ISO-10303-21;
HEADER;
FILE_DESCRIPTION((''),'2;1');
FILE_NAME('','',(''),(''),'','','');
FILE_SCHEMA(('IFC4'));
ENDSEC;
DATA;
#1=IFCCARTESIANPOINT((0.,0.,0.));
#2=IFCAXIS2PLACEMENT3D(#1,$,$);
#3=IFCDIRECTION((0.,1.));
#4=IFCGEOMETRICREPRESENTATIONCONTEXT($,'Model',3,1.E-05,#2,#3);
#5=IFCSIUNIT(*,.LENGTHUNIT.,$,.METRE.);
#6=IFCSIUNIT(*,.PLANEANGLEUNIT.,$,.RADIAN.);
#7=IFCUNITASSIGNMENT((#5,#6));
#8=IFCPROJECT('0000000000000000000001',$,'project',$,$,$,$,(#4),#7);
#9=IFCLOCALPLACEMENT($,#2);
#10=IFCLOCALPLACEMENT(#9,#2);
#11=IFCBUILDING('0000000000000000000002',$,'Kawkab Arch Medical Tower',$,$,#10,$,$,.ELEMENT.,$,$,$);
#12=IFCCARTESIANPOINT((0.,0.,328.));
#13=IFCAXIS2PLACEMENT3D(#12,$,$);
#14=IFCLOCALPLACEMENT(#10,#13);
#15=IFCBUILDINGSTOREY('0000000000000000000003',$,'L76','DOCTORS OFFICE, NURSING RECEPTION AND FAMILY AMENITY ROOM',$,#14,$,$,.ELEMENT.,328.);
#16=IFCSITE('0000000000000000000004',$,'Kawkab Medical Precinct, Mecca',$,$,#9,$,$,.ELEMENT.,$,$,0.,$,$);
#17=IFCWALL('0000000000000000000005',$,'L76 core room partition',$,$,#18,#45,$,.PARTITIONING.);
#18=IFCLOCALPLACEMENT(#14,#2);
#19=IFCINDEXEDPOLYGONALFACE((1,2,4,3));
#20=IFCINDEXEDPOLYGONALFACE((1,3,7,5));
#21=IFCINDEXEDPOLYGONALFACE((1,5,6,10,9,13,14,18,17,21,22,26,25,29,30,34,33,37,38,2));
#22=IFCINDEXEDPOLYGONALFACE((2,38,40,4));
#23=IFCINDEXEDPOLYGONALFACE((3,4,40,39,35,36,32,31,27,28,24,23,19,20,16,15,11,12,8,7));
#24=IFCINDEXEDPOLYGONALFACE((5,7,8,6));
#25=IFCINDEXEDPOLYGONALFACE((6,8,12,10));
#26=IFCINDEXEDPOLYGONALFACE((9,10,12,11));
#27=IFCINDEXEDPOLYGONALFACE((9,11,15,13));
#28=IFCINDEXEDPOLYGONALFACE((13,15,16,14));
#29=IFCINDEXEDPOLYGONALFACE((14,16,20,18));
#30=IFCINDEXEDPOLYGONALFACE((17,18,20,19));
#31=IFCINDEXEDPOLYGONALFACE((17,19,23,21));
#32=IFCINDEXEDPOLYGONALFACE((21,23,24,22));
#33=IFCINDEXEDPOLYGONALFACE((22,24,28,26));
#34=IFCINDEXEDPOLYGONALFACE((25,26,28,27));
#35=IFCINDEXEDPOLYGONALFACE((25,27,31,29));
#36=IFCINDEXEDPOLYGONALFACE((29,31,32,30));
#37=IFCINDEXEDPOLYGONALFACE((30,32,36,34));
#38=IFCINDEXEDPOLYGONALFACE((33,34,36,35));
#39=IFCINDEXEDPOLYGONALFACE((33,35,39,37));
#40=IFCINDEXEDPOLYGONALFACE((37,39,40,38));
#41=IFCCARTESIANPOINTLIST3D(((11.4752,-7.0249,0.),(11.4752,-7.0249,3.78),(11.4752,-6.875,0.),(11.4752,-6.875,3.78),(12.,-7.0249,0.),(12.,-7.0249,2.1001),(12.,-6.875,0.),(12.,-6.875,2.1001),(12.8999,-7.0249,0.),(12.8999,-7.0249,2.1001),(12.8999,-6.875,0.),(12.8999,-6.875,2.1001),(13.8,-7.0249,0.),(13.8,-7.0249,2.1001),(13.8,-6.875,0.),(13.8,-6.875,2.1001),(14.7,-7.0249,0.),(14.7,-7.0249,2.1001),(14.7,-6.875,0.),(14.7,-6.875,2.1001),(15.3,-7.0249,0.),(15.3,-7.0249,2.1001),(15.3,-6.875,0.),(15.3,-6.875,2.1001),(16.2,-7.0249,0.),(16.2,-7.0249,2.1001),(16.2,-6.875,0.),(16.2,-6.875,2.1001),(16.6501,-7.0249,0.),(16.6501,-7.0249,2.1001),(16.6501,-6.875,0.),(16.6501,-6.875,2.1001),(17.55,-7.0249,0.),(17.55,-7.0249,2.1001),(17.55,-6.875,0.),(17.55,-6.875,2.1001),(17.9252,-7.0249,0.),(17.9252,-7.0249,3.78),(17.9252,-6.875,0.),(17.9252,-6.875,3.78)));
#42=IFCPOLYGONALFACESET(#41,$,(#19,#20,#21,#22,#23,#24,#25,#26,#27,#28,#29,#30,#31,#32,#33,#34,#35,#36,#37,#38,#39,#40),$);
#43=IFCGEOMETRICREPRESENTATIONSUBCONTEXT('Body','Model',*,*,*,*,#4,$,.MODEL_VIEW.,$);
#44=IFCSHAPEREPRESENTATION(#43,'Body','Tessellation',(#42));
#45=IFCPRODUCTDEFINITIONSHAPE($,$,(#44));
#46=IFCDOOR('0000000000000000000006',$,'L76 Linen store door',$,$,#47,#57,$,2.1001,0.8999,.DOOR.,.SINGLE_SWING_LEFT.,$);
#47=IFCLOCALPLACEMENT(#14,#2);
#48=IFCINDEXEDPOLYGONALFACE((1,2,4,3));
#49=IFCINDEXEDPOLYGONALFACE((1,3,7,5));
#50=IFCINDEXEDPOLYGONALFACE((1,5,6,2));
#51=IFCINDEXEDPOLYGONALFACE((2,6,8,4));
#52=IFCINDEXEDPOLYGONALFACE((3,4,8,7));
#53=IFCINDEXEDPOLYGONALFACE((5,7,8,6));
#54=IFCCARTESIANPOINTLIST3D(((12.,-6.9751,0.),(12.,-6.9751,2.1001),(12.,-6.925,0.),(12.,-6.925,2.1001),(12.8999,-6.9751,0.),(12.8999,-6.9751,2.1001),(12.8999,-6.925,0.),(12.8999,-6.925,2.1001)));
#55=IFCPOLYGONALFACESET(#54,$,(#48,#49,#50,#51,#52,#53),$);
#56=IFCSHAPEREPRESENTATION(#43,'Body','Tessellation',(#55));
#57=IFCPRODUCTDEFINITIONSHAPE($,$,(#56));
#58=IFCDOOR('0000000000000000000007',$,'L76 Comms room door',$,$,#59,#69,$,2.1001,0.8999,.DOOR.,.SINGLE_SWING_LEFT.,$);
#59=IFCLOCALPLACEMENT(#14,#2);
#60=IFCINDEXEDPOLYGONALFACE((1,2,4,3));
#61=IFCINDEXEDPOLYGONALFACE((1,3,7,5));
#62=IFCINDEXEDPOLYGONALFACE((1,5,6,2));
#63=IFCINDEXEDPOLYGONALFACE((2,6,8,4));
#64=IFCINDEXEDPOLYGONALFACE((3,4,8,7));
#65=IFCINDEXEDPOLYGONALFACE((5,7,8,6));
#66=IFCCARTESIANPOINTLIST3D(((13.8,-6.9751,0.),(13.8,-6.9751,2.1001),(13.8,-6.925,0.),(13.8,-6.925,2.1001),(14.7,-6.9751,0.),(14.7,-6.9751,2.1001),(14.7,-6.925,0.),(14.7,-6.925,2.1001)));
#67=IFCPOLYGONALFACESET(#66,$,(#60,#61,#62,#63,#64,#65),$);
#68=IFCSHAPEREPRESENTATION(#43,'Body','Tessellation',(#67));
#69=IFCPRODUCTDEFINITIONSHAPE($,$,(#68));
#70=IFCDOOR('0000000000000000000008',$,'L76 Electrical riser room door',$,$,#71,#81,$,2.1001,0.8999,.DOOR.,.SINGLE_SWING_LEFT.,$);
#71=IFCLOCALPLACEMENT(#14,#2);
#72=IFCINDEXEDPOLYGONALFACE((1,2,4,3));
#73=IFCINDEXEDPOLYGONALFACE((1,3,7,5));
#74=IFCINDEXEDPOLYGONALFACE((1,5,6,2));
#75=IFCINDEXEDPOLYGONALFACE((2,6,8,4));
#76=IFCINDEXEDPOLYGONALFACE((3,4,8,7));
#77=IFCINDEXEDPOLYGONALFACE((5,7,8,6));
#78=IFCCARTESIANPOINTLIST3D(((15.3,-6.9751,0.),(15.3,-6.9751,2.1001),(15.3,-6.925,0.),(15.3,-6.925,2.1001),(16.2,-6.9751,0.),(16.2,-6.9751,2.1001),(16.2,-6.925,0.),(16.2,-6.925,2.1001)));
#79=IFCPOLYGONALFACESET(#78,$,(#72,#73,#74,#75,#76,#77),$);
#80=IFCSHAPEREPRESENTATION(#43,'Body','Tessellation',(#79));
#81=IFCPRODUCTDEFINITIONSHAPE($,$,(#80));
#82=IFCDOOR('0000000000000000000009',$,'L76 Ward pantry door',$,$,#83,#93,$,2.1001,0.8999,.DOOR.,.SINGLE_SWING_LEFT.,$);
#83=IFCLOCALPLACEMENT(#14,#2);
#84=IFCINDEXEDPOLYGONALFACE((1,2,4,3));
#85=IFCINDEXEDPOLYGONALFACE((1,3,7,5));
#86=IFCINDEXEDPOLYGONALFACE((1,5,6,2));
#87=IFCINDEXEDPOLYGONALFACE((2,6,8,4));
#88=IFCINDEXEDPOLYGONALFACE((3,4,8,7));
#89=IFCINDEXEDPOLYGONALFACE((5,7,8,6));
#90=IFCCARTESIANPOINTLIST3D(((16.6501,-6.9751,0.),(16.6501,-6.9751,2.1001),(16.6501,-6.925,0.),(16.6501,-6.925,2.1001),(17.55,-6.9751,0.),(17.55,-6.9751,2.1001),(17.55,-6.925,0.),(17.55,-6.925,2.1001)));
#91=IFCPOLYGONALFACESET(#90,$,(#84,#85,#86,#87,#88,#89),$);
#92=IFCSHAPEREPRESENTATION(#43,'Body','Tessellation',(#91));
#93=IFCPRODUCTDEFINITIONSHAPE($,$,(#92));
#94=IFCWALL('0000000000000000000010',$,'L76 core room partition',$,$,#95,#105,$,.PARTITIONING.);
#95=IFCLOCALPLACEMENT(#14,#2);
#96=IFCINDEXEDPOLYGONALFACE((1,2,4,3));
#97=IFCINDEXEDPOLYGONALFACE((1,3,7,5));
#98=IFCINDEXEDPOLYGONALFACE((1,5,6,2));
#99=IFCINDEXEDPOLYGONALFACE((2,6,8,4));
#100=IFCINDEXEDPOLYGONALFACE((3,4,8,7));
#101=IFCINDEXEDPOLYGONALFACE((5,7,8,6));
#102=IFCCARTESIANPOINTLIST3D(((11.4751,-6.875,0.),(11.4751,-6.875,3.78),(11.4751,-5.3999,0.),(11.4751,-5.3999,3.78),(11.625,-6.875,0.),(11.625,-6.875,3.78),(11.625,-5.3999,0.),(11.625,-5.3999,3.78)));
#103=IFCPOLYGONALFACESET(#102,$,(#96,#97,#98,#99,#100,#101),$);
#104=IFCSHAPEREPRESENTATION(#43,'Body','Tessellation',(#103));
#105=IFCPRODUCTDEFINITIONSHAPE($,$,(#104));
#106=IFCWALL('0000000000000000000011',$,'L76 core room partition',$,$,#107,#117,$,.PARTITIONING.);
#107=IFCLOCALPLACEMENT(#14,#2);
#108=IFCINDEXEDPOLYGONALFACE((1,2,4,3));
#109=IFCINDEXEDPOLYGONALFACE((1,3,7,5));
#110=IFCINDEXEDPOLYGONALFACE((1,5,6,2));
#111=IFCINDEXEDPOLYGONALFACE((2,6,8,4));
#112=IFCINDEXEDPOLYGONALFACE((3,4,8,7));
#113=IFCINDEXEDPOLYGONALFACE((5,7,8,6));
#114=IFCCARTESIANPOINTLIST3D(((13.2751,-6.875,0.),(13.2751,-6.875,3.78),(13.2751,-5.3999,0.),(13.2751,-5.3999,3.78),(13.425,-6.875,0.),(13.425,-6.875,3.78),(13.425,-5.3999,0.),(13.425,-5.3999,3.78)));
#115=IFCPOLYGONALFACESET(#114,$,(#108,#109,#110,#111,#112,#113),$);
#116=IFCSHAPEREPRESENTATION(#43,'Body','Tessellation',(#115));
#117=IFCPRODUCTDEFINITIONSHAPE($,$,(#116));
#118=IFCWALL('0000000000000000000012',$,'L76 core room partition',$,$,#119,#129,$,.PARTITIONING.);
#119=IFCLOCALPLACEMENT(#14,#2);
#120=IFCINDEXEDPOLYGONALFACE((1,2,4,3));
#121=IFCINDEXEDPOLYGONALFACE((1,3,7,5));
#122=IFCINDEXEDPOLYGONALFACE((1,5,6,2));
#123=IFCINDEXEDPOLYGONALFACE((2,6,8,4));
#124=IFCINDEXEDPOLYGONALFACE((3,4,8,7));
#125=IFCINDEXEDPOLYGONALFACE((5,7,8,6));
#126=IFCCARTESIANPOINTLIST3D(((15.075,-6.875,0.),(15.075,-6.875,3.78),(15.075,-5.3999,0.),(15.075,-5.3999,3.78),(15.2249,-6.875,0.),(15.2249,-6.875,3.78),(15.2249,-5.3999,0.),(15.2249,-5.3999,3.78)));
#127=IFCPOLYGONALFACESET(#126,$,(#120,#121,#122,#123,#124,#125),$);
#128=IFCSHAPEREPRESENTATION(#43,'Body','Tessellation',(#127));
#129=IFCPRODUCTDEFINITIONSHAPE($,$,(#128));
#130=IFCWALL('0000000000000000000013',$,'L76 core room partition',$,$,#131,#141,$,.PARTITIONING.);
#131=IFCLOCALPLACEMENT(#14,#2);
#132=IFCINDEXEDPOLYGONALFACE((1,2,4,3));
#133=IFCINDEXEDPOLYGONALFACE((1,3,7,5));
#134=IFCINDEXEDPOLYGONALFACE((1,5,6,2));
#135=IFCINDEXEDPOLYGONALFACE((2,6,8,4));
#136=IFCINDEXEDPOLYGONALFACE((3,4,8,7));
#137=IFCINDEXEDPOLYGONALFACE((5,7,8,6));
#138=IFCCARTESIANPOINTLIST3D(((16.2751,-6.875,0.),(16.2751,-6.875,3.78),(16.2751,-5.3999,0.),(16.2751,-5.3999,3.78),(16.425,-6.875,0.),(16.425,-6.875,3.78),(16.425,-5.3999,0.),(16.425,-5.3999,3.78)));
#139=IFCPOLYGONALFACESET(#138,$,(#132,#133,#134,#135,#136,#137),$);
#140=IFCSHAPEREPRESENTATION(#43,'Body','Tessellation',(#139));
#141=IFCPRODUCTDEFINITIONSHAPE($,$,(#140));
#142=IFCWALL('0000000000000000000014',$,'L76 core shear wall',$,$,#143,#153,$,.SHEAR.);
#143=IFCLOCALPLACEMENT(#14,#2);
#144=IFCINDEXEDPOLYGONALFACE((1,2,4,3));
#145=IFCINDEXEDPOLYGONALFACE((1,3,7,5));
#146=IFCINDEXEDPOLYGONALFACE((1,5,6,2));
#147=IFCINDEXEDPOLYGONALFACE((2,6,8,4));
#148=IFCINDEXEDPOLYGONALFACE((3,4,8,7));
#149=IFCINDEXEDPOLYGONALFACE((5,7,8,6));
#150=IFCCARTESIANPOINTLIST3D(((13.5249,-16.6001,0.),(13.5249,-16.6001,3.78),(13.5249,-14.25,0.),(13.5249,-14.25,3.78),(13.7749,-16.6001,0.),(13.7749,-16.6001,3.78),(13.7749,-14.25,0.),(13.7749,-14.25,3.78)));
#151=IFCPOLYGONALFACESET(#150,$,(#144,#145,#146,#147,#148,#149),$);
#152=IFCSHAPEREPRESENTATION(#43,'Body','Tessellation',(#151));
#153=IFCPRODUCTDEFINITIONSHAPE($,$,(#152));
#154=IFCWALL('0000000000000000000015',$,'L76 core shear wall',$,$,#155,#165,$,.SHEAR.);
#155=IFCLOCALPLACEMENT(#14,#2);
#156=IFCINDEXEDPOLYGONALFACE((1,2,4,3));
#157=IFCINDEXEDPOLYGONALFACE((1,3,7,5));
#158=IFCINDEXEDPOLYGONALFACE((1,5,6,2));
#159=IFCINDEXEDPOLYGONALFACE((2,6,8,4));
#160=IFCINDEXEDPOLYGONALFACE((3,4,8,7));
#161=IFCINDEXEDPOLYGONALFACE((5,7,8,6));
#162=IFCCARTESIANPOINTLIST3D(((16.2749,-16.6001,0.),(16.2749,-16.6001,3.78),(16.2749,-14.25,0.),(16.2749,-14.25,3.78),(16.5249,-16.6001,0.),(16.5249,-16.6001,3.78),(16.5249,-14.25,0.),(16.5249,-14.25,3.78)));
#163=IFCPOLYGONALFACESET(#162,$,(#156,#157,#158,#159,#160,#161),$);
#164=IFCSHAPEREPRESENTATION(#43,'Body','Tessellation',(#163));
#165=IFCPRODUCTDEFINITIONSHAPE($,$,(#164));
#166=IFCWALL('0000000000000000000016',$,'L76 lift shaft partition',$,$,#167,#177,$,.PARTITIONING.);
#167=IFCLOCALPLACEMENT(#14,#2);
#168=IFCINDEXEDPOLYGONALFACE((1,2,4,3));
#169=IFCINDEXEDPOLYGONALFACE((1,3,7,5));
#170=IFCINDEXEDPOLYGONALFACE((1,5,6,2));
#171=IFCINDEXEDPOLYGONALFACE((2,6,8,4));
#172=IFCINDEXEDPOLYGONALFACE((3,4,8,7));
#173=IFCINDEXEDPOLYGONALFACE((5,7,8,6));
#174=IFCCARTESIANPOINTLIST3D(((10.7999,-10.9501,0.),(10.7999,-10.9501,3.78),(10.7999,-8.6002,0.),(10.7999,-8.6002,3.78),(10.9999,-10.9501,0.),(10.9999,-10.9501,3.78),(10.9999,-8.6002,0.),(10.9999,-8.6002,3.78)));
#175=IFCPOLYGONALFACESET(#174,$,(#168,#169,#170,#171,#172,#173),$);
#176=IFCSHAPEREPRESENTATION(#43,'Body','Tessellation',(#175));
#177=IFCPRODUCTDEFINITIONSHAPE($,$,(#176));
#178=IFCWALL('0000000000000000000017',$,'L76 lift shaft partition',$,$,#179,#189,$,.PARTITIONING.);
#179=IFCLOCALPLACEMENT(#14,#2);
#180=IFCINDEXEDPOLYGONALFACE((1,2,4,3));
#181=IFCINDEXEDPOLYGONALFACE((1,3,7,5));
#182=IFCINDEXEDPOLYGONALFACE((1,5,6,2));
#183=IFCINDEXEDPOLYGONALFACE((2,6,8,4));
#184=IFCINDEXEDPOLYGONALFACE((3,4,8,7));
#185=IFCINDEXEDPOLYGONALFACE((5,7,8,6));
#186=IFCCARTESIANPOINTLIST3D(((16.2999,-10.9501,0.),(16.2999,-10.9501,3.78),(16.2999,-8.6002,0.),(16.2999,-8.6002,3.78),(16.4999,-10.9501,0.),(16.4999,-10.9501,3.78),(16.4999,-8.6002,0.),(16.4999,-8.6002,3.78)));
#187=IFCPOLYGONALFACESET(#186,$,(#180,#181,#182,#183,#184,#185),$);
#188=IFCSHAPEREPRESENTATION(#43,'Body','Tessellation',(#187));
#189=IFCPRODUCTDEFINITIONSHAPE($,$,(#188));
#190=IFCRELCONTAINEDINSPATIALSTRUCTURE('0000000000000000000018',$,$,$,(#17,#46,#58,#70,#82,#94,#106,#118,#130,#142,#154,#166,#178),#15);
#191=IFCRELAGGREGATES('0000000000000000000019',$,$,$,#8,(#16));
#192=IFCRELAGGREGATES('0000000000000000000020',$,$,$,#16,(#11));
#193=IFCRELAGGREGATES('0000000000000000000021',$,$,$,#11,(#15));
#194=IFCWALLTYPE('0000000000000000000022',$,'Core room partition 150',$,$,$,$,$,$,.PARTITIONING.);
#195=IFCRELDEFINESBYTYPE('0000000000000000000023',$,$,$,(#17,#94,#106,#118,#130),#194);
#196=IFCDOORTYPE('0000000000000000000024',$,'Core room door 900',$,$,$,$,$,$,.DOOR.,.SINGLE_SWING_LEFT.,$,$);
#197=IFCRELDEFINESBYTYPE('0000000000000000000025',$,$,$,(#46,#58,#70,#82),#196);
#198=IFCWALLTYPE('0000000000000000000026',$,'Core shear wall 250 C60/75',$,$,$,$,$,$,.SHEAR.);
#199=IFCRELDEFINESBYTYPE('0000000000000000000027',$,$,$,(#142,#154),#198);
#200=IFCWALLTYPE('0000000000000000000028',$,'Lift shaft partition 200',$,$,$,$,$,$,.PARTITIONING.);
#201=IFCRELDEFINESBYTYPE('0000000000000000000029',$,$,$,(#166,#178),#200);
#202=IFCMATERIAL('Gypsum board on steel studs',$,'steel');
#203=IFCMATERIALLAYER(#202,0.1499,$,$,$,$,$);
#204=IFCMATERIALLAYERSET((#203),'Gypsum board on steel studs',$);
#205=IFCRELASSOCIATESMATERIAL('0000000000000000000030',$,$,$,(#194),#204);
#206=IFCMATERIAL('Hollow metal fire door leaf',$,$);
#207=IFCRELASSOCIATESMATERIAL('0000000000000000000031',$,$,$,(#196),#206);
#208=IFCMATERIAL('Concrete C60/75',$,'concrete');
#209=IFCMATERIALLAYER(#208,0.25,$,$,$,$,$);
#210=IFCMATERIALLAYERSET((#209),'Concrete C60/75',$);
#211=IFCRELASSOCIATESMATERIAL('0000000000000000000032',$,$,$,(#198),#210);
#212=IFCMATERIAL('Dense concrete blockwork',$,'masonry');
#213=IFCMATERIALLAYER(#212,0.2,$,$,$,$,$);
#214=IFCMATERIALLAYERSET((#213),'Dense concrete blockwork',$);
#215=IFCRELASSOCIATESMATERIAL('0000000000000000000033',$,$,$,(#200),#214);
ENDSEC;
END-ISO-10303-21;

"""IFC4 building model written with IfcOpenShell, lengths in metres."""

from ifc_helpers import new_model, si_unit, direction, frame, frame_2d, origin, place, context, subcontext, project, spatial, rectangle, extrude, material, layer, layer_set, type_object, element, fill, save


model = new_model("IFC4")

# Units and contexts
model_context = context("Model", 3, precision=1e-05, world=origin(), true_north=direction((0.0, 1.0)))
body_context = subcontext(model_context, "Body", "Model", "MODEL_VIEW")
ifc_project = project(units=[si_unit("LENGTHUNIT", "METRE"), si_unit("PLANEANGLEUNIT", "RADIAN")], contexts=[model_context])

# Site, building, storey
site_placement = place(None, origin())
site = spatial("IfcSite", under=ifc_project, at=site_placement, Name="Kawkab Medical Precinct, Mecca", CompositionType="ELEMENT", RefElevation=0.0)
building_placement = place(site_placement, origin())
building = spatial("IfcBuilding", under=site, at=building_placement, Name="Kawkab Arch Medical Tower", CompositionType="ELEMENT")
storey_placement = place(building_placement, frame((0.0, 0.0, 328.0)))
storey = spatial("IfcBuildingStorey", under=building, at=storey_placement, Name="L76", Description="DOCTORS OFFICE, NURSING RECEPTION AND FAMILY AMENITY ROOM", CompositionType="ELEMENT", Elevation=328.0)

# Wall, openings, doors
ifc_material_1 = material(Name="Gypsum board on steel studs", Category="steel")
ifc_layer_1 = layer(ifc_material_1, 0.1499)
ifc_layer_set_1 = layer_set([ifc_layer_1], Name="Gypsum board on steel studs")
wall_type_1 = type_object("IfcWallType", Name="Core room partition 150", PredefinedType="PARTITIONING", material=ifc_layer_set_1)
wall_1_placement = place(storey_placement, frame((11.4751, -6.95, 0.0), z_axis=(0.0, 0.0, 1.0), x_axis=(1.0, 0.0, 0.0)))
wall_1 = element("IfcWall", 1, at=wall_1_placement, inside=storey, type_object=wall_type_1, Name="L76 core room partition", PredefinedType="PARTITIONING", context=body_context, shape_type="SweptSolid", body=[
    extrude(rectangle(XDim=6.45, YDim=0.1499, at=frame_2d((3.2251, 0.0))), origin(), (0.0, 0.0, 1.0), 3.78),
])
opening_1_placement = place(wall_1_placement, frame((0.5249, 0.0, 0.0)))
opening_1 = element("IfcOpeningElement", 2, at=opening_1_placement, cuts=wall_1, PredefinedType="OPENING", context=body_context, shape_type="SweptSolid", body=[
    extrude(rectangle(XDim=0.8999, YDim=2.1001, at=frame_2d((0.45, 1.05))), frame((0.0, 0.085, 0.0), z_axis=(0.0, -1.0, 0.0), x_axis=(1.0, 0.0, 0.0)), (0.0, 0.0, 1.0), 0.1699),
])
opening_2_placement = place(wall_1_placement, frame((2.325, 0.0, 0.0)))
opening_2 = element("IfcOpeningElement", 3, at=opening_2_placement, cuts=wall_1, PredefinedType="OPENING", context=body_context, shape_type="SweptSolid", body=[
    extrude(rectangle(XDim=0.8999, YDim=2.1001, at=frame_2d((0.45, 1.05))), frame((0.0, 0.085, 0.0), z_axis=(0.0, -1.0, 0.0), x_axis=(1.0, 0.0, 0.0)), (0.0, 0.0, 1.0), 0.1699),
])
opening_3_placement = place(wall_1_placement, frame((3.825, 0.0, 0.0)))
opening_3 = element("IfcOpeningElement", 4, at=opening_3_placement, cuts=wall_1, PredefinedType="OPENING", context=body_context, shape_type="SweptSolid", body=[
    extrude(rectangle(XDim=0.8999, YDim=2.1001, at=frame_2d((0.45, 1.05))), frame((0.0, 0.085, 0.0), z_axis=(0.0, -1.0, 0.0), x_axis=(1.0, 0.0, 0.0)), (0.0, 0.0, 1.0), 0.1699),
])
opening_4_placement = place(wall_1_placement, frame((5.175, 0.0, 0.0)))
opening_4 = element("IfcOpeningElement", 5, at=opening_4_placement, cuts=wall_1, PredefinedType="OPENING", context=body_context, shape_type="SweptSolid", body=[
    extrude(rectangle(XDim=0.8999, YDim=2.1001, at=frame_2d((0.45, 1.05))), frame((0.0, 0.085, 0.0), z_axis=(0.0, -1.0, 0.0), x_axis=(1.0, 0.0, 0.0)), (0.0, 0.0, 1.0), 0.1699),
])
ifc_material_2 = material(Name="Hollow metal fire door leaf")
door_type = type_object("IfcDoorType", Name="Core room door 900", OperationType="SINGLE_SWING_LEFT", PredefinedType="DOOR", material=ifc_material_2)
door_1_placement = place(opening_1_placement, origin())
door_1 = element("IfcDoor", 6, at=door_1_placement, inside=storey, type_object=door_type, Name="L76 Linen store door", OperationType="SINGLE_SWING_LEFT", OverallHeight=2.1001, OverallWidth=0.8999, PredefinedType="DOOR", context=body_context, shape_type="SweptSolid", body=[
    extrude(rectangle(XDim=0.8999, YDim=2.1001, at=frame_2d((0.45, 1.05))), frame((0.0, 0.0249, 0.0), z_axis=(0.0, -1.0, 0.0), x_axis=(1.0, 0.0, 0.0)), (0.0, 0.0, 1.0), 0.05),
])
fill(opening_1, door_1)
door_2_placement = place(opening_2_placement, origin())
door_2 = element("IfcDoor", 7, at=door_2_placement, inside=storey, type_object=door_type, Name="L76 Comms room door", OperationType="SINGLE_SWING_LEFT", OverallHeight=2.1001, OverallWidth=0.8999, PredefinedType="DOOR", context=body_context, shape_type="SweptSolid", body=[
    extrude(rectangle(XDim=0.8999, YDim=2.1001, at=frame_2d((0.45, 1.05))), frame((0.0, 0.0249, 0.0), z_axis=(0.0, -1.0, 0.0), x_axis=(1.0, 0.0, 0.0)), (0.0, 0.0, 1.0), 0.05),
])
fill(opening_2, door_2)
door_3_placement = place(opening_3_placement, origin())
door_3 = element("IfcDoor", 8, at=door_3_placement, inside=storey, type_object=door_type, Name="L76 Electrical riser room door", OperationType="SINGLE_SWING_LEFT", OverallHeight=2.1001, OverallWidth=0.8999, PredefinedType="DOOR", context=body_context, shape_type="SweptSolid", body=[
    extrude(rectangle(XDim=0.8999, YDim=2.1001, at=frame_2d((0.45, 1.05))), frame((0.0, 0.0249, 0.0), z_axis=(0.0, -1.0, 0.0), x_axis=(1.0, 0.0, 0.0)), (0.0, 0.0, 1.0), 0.05),
])
fill(opening_3, door_3)
door_4_placement = place(opening_4_placement, origin())
door_4 = element("IfcDoor", 9, at=door_4_placement, inside=storey, type_object=door_type, Name="L76 Ward pantry door", OperationType="SINGLE_SWING_LEFT", OverallHeight=2.1001, OverallWidth=0.8999, PredefinedType="DOOR", context=body_context, shape_type="SweptSolid", body=[
    extrude(rectangle(XDim=0.8999, YDim=2.1001, at=frame_2d((0.45, 1.05))), frame((0.0, 0.0249, 0.0), z_axis=(0.0, -1.0, 0.0), x_axis=(1.0, 0.0, 0.0)), (0.0, 0.0, 1.0), 0.05),
])
fill(opening_4, door_4)

# Walls
for number, where, z_axis, x_axis, name in (
    (10, (11.55, -6.875, 0.0), (0.0, 0.0, 1.0), (0.0, 1.0, 0.0), "L76 core room partition"),
    (11, (13.3501, -6.875, 0.0), (0.0, 0.0, 1.0), (0.0, 1.0, 0.0), "L76 core room partition"),
    (12, (15.1499, -6.875, 0.0), (0.0, 0.0, 1.0), (0.0, 1.0, 0.0), "L76 core room partition"),
    (13, (16.3501, -6.875, 0.0), (0.0, 0.0, 1.0), (0.0, 1.0, 0.0), "L76 core room partition"),
):
    element("IfcWall", number, at=place(storey_placement, frame(where, z_axis=z_axis, x_axis=x_axis)), inside=storey, type_object=wall_type_1, Name=name, PredefinedType="PARTITIONING", context=body_context, shape_type="SweptSolid", body=[
        extrude(rectangle(XDim=1.4751, YDim=0.1499, at=frame_2d((0.7375, 0.0))), origin(), (0.0, 0.0, 1.0), 3.78),
    ])
ifc_material_3 = material(Name="Concrete C60/75", Category="concrete")
ifc_layer_2 = layer(ifc_material_3, 0.25)
ifc_layer_set_2 = layer_set([ifc_layer_2], Name="Concrete C60/75")
wall_type_2 = type_object("IfcWallType", Name="Core shear wall 250 C60/75", PredefinedType="SHEAR", material=ifc_layer_set_2)
for number, where, z_axis, x_axis, name in (
    (14, (13.6499, -16.6001, 0.0), (0.0, 0.0, 1.0), (0.0, 1.0, 0.0), "L76 core shear wall"),
    (15, (16.3999, -16.6001, 0.0), (0.0, 0.0, 1.0), (0.0, 1.0, 0.0), "L76 core shear wall"),
):
    element("IfcWall", number, at=place(storey_placement, frame(where, z_axis=z_axis, x_axis=x_axis)), inside=storey, type_object=wall_type_2, Name=name, PredefinedType="SHEAR", context=body_context, shape_type="SweptSolid", body=[
        extrude(rectangle(XDim=2.3501, YDim=0.25, at=frame_2d((1.175, 0.0))), origin(), (0.0, 0.0, 1.0), 3.78),
    ])
ifc_material_4 = material(Name="Dense concrete blockwork", Category="masonry")
ifc_layer_3 = layer(ifc_material_4, 0.2)
ifc_layer_set_3 = layer_set([ifc_layer_3], Name="Dense concrete blockwork")
wall_type_3 = type_object("IfcWallType", Name="Lift shaft partition 200", PredefinedType="PARTITIONING", material=ifc_layer_set_3)
for number, where, z_axis, x_axis, name in (
    (16, (10.8999, -10.95, 0.0), (0.0, 0.0, 1.0), (0.0, 1.0, 0.0), "L76 lift shaft partition"),
    (17, (16.3999, -10.95, 0.0), (0.0, 0.0, 1.0), (0.0, 1.0, 0.0), "L76 lift shaft partition"),
):
    element("IfcWall", number, at=place(storey_placement, frame(where, z_axis=z_axis, x_axis=x_axis)), inside=storey, type_object=wall_type_3, Name=name, PredefinedType="PARTITIONING", context=body_context, shape_type="SweptSolid", body=[
        extrude(rectangle(XDim=2.3499, YDim=0.2, at=frame_2d((1.1748, 0.0))), origin(), (0.0, 0.0, 1.0), 3.78),
    ])

save(model, "model.ifc")
